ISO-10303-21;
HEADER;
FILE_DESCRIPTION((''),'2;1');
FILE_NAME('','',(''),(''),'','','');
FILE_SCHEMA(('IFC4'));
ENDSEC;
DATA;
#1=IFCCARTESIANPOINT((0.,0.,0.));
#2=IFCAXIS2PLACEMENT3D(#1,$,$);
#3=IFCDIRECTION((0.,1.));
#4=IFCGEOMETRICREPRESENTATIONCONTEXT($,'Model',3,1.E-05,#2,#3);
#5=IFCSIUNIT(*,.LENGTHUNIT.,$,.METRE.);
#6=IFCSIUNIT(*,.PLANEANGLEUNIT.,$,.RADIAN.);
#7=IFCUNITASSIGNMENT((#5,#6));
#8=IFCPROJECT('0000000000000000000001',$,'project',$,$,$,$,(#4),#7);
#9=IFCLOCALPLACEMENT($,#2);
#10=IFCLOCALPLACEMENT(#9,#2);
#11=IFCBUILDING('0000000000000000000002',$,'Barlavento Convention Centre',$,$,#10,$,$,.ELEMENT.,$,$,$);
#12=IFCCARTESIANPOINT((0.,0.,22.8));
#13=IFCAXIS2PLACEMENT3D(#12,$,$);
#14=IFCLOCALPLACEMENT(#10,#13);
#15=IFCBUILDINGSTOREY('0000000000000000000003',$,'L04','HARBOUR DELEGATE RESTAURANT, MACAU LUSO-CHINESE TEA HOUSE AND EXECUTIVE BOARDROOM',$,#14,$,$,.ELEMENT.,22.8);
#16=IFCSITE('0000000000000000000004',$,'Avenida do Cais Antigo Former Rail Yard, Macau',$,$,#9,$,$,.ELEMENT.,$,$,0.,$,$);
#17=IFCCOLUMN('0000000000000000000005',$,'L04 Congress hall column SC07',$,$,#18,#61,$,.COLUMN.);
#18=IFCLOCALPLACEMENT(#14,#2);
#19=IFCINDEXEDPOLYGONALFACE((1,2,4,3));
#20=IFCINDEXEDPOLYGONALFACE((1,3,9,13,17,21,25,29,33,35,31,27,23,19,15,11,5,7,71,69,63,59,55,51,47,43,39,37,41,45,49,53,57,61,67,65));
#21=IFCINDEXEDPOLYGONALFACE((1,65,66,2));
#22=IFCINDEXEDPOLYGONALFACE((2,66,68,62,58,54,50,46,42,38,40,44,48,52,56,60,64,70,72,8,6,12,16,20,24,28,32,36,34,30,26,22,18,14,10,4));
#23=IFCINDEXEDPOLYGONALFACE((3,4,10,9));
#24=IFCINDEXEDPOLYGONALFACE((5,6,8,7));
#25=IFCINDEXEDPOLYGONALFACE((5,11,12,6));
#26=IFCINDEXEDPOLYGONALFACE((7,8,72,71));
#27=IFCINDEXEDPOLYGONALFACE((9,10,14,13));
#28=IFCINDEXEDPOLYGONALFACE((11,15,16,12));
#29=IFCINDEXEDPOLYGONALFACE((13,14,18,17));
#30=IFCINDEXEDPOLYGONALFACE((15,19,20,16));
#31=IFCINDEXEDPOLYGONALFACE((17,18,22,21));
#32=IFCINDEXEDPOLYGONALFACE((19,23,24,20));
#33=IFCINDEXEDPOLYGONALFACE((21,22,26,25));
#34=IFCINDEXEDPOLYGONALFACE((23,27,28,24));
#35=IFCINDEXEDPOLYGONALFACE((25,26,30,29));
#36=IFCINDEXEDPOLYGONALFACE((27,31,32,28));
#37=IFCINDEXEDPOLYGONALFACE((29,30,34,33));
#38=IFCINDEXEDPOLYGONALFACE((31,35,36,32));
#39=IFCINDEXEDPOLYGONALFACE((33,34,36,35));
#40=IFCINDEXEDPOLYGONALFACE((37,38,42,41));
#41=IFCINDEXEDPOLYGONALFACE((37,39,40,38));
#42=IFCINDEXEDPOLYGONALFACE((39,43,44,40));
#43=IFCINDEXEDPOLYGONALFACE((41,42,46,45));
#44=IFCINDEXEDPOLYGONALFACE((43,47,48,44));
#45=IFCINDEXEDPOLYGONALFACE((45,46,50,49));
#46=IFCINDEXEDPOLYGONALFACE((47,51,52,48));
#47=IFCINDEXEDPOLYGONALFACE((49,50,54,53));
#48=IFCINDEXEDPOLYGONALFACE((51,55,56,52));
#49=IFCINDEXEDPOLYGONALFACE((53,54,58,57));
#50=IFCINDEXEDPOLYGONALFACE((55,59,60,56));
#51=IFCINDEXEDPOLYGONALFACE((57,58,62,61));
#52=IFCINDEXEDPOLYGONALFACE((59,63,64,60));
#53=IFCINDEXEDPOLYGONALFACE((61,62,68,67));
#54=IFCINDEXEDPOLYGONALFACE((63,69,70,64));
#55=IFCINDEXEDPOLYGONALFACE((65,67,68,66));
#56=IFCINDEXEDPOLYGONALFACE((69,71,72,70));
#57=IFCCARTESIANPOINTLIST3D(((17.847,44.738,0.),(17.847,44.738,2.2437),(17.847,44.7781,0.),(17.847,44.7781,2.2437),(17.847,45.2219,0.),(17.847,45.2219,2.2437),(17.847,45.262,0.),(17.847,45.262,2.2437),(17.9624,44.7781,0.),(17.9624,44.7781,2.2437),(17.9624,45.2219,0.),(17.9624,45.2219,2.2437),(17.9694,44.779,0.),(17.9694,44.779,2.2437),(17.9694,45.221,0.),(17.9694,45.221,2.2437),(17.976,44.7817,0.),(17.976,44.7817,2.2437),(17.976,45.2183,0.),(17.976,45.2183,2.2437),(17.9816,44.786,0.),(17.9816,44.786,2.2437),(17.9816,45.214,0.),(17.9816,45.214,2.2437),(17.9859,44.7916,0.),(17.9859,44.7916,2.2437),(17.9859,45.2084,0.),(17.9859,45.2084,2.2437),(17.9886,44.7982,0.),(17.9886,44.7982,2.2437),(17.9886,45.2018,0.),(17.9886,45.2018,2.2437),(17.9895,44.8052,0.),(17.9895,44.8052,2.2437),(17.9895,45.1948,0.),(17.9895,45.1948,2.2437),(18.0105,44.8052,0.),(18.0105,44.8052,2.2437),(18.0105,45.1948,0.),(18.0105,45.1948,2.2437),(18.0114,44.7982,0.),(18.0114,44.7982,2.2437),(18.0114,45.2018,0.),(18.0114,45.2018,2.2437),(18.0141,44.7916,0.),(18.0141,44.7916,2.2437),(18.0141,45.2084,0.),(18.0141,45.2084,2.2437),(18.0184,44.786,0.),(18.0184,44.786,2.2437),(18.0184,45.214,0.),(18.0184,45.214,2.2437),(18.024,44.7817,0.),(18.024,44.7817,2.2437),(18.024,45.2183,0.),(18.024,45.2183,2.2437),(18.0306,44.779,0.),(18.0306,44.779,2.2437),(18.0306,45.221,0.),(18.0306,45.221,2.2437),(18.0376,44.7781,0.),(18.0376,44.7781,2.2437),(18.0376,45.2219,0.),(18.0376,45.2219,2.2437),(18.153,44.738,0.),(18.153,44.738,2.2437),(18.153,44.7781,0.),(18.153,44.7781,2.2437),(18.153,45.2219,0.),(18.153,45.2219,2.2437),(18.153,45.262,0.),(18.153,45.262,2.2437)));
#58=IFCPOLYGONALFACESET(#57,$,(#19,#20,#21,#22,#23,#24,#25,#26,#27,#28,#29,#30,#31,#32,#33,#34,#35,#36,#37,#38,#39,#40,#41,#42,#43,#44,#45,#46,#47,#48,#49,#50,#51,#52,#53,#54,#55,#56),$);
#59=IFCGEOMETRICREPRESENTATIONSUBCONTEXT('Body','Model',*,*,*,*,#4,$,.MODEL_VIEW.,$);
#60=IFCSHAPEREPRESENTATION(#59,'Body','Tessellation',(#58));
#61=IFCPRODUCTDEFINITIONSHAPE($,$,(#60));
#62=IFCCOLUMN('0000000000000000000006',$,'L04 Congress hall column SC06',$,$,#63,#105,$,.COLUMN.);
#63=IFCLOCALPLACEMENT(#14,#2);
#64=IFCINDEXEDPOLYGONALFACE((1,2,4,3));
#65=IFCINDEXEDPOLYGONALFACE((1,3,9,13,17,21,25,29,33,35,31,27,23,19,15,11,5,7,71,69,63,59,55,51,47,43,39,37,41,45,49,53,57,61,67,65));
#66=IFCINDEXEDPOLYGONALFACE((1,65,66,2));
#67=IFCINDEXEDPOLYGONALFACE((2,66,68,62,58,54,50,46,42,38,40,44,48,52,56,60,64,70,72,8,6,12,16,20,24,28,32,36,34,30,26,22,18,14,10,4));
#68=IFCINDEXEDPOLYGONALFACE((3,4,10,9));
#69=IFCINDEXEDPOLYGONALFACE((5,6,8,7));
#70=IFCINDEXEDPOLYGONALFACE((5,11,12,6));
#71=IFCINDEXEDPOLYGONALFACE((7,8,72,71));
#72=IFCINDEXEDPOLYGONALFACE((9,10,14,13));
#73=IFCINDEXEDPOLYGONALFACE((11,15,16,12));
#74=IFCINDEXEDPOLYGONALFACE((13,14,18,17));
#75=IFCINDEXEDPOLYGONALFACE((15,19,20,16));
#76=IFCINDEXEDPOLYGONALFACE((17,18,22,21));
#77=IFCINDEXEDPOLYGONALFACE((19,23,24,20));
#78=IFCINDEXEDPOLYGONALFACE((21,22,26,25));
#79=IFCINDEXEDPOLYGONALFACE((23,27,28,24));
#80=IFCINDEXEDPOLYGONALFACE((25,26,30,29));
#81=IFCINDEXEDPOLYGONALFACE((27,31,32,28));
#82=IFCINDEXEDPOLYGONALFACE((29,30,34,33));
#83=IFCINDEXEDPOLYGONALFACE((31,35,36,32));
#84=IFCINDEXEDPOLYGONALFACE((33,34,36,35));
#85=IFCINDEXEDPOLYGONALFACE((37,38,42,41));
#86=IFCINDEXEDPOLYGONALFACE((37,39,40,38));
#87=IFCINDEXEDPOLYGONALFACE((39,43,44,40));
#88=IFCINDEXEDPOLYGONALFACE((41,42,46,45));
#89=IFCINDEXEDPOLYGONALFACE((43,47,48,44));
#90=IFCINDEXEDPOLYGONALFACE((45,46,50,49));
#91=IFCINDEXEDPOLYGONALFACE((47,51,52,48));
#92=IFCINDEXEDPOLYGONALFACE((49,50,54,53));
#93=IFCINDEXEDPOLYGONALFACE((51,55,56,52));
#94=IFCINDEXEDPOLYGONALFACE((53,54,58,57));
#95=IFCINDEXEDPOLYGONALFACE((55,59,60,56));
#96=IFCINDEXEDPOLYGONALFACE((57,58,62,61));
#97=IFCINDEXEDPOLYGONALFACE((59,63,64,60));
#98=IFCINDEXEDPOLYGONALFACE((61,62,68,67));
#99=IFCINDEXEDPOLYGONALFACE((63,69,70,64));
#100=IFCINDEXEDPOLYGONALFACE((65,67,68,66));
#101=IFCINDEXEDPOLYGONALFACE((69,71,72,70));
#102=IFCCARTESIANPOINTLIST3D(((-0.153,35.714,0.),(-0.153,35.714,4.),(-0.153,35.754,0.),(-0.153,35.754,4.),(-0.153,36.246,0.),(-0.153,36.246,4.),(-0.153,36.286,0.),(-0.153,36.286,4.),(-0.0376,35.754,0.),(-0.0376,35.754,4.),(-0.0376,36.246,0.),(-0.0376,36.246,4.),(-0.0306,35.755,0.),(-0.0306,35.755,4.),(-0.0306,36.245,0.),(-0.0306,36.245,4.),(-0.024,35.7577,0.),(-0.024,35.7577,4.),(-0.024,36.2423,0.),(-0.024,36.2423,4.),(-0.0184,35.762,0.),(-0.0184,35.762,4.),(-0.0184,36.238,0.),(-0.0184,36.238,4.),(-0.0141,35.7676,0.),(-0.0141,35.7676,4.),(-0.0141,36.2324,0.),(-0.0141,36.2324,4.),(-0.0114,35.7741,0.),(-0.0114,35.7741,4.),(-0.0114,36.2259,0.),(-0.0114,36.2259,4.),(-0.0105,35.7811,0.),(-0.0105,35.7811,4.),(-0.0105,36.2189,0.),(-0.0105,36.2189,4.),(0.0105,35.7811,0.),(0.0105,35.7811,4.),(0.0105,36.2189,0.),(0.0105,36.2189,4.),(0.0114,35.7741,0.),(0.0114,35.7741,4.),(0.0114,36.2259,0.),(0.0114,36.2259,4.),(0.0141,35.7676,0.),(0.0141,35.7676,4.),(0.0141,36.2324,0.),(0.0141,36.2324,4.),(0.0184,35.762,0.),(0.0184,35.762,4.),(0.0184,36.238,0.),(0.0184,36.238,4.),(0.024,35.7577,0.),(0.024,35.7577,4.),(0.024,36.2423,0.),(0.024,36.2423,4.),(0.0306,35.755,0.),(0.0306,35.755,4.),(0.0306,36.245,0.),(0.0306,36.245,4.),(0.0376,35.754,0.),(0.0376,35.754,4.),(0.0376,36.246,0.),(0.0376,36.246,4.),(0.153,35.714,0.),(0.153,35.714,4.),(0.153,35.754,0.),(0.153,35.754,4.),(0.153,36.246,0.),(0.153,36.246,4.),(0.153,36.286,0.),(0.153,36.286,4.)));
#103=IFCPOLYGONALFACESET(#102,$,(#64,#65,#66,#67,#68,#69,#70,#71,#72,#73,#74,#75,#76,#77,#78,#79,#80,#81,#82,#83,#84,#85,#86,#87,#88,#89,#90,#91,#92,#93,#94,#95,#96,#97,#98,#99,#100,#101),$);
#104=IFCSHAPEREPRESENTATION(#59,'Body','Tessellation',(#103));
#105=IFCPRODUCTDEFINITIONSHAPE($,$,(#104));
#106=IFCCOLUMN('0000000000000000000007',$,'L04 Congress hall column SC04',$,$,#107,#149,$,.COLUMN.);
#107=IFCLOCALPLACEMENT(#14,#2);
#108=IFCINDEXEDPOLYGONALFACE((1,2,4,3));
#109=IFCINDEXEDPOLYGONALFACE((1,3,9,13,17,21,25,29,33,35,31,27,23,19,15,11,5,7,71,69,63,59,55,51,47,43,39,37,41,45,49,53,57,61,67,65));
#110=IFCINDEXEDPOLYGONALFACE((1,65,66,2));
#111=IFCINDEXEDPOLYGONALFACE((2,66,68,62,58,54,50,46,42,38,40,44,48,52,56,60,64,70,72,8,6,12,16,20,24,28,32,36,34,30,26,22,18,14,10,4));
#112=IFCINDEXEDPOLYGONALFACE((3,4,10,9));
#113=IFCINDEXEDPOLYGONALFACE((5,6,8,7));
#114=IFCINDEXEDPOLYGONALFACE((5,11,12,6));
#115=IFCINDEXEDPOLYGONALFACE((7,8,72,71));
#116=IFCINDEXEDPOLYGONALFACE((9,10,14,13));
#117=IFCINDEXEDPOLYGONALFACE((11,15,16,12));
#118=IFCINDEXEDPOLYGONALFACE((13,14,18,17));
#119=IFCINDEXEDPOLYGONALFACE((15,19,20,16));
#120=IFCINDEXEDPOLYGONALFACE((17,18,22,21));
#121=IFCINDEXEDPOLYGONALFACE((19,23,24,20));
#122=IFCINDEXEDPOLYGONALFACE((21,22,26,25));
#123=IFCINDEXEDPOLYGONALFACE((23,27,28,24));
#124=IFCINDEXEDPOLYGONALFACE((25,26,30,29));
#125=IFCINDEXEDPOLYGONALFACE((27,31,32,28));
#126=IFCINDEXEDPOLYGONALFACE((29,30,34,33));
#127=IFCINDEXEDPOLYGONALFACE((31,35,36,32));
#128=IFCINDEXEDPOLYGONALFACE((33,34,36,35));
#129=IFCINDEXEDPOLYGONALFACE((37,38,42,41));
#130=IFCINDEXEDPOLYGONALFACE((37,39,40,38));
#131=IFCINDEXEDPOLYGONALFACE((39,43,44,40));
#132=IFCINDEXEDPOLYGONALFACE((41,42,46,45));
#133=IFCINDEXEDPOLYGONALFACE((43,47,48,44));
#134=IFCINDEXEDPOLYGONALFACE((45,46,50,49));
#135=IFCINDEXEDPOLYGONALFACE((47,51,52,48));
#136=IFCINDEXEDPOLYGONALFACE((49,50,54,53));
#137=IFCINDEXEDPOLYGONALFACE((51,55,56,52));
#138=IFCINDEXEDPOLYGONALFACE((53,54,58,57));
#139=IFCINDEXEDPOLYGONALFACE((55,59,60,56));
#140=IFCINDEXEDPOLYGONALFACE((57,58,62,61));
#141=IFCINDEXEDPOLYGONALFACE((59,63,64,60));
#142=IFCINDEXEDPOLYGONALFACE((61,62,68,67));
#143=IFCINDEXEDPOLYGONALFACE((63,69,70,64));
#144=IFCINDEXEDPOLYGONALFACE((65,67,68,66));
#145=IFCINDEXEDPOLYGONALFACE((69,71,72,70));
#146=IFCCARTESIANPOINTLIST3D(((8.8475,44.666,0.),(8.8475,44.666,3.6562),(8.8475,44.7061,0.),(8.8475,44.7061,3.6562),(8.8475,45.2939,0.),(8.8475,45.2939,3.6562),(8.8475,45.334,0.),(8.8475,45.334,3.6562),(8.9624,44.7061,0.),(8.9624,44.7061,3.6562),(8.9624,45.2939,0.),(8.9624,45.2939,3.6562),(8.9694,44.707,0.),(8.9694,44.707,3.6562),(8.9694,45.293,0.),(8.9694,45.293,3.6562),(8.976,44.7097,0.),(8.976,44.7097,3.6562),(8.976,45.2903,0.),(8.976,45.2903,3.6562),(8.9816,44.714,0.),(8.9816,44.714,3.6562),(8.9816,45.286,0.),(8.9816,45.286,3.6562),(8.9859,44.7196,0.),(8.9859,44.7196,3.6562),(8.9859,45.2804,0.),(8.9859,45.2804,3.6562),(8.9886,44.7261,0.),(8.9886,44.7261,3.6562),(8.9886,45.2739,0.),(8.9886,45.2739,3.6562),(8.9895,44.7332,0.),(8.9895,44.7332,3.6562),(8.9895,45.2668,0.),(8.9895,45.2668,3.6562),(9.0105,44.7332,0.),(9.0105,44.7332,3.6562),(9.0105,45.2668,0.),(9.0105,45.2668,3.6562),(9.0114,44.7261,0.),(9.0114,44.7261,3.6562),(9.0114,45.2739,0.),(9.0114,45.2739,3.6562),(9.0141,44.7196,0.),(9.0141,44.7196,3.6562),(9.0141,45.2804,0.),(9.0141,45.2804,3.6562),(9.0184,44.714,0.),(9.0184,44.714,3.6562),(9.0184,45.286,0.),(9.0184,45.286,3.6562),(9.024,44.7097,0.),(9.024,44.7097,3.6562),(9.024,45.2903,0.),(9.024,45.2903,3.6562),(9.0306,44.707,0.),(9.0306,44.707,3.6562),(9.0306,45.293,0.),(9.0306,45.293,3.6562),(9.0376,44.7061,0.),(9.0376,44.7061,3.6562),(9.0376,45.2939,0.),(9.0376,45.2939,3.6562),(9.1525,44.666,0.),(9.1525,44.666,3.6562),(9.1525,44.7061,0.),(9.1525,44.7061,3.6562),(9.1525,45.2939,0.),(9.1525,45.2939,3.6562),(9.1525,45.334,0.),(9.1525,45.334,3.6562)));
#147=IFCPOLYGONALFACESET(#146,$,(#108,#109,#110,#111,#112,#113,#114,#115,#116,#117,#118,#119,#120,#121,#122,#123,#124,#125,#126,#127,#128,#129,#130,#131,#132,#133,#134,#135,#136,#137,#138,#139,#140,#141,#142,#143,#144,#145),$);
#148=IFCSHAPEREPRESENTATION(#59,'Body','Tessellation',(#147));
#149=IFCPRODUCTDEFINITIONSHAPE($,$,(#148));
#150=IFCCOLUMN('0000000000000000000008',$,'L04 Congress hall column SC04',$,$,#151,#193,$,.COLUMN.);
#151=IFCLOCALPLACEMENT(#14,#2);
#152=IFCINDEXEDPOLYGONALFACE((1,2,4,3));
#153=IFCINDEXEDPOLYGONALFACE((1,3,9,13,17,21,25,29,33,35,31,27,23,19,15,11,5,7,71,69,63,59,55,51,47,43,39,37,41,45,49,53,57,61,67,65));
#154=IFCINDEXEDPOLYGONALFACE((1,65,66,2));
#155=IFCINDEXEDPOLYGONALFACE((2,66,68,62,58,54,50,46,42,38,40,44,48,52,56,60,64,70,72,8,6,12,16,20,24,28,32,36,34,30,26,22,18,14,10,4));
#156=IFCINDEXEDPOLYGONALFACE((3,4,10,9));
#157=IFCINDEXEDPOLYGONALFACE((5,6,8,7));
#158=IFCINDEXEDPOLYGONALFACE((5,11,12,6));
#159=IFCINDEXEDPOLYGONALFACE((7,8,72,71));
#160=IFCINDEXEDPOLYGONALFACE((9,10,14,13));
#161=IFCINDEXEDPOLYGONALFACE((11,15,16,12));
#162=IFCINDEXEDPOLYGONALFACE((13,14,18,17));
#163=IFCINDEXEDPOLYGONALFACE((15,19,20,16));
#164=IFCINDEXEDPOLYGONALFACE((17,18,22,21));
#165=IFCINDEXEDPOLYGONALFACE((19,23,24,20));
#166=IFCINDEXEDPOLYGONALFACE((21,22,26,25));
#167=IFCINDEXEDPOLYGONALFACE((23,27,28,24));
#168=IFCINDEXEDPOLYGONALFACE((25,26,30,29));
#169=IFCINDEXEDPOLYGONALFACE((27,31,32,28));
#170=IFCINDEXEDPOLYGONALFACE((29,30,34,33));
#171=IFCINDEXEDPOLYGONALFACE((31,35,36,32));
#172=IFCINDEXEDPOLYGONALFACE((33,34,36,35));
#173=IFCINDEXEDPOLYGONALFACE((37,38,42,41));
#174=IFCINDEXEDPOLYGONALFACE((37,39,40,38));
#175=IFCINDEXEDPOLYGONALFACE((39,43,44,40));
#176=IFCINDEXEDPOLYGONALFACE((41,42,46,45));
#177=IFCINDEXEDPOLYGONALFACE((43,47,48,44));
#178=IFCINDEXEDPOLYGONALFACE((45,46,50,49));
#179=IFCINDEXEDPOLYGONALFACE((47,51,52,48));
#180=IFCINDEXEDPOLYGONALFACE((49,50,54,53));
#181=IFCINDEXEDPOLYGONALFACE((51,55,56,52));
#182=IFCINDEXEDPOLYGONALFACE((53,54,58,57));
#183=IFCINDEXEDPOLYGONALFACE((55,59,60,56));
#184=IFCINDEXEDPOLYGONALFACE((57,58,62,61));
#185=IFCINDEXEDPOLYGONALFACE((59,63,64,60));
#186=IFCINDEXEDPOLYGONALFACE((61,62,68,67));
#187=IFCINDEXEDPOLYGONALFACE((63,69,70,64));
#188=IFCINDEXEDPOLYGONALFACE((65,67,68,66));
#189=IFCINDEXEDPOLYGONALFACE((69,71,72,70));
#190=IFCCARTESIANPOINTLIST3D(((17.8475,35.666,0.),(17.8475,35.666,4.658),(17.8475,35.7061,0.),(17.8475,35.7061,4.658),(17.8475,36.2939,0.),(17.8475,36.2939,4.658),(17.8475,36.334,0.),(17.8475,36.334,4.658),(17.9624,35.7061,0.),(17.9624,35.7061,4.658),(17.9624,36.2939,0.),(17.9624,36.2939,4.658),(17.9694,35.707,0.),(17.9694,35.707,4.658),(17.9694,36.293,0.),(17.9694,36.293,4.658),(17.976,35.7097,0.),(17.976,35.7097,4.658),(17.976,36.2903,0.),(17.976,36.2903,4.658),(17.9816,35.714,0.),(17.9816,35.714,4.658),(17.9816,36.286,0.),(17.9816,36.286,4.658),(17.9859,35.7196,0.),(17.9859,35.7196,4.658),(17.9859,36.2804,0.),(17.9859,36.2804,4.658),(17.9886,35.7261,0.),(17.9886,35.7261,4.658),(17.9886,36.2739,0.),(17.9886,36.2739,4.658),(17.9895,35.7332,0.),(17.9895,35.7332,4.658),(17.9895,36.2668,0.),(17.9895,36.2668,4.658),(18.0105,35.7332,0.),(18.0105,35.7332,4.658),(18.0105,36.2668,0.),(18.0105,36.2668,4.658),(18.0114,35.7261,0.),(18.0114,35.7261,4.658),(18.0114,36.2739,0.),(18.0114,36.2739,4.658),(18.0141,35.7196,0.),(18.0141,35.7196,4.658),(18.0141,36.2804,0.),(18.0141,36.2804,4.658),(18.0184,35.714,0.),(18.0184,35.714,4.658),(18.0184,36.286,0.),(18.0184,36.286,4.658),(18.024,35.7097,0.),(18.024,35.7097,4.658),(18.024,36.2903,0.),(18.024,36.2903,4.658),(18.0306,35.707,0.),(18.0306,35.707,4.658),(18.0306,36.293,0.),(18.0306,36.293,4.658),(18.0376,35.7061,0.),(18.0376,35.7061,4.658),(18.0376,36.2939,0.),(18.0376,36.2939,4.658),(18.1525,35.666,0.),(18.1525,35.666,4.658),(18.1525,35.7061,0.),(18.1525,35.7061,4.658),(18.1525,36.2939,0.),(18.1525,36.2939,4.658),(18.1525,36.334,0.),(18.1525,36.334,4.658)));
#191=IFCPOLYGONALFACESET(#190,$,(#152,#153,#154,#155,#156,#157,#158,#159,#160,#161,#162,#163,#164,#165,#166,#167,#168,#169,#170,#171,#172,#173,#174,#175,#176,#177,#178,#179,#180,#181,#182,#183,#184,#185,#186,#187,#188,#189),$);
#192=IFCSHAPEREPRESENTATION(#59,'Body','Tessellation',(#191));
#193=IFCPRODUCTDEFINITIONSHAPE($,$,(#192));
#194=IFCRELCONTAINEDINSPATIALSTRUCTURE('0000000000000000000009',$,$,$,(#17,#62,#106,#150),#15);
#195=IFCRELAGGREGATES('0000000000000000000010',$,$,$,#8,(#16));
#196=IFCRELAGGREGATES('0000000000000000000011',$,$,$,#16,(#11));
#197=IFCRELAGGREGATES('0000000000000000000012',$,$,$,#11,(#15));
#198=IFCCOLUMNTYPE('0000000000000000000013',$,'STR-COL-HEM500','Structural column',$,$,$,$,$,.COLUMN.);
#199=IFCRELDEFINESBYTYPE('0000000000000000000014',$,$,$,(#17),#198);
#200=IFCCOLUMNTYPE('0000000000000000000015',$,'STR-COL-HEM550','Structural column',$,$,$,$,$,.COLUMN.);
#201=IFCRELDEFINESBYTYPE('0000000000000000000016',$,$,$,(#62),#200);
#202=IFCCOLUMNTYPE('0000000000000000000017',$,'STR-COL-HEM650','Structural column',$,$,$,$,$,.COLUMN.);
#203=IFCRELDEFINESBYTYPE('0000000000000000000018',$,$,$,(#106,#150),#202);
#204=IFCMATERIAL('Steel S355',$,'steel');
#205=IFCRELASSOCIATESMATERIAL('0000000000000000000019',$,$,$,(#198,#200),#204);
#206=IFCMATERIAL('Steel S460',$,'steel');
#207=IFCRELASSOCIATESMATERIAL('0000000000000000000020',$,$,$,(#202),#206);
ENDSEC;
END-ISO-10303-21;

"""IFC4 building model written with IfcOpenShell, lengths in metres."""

from ifc_helpers import new_model, si_unit, direction, frame, origin, origin_2d, place, context, subcontext, project, spatial, i_section, extrude, material, material_profile, profile_set, type_object, element, save


model = new_model("IFC4")

# Units and contexts
model_context = context("Model", 3, precision=1e-05, world=origin(), true_north=direction((0.0, 1.0)))
body_context = subcontext(model_context, "Body", "Model", "MODEL_VIEW")
ifc_project = project(units=[si_unit("LENGTHUNIT", "METRE"), si_unit("PLANEANGLEUNIT", "RADIAN")], contexts=[model_context])

# Site, building, storey
site_placement = place(None, origin())
site = spatial("IfcSite", under=ifc_project, at=site_placement, Name="Avenida do Cais Antigo Former Rail Yard, Macau", CompositionType="ELEMENT", RefElevation=0.0)
building_placement = place(site_placement, origin())
building = spatial("IfcBuilding", under=site, at=building_placement, Name="Barlavento Convention Centre", CompositionType="ELEMENT")
storey_placement = place(building_placement, frame((0.0, 0.0, 22.8)))
storey = spatial("IfcBuildingStorey", under=building, at=storey_placement, Name="L04", Description="HARBOUR DELEGATE RESTAURANT, MACAU LUSO-CHINESE TEA HOUSE AND EXECUTIVE BOARDROOM", CompositionType="ELEMENT", Elevation=22.8)

# Columns
ifc_material_1 = material(Name="Steel S355", Category="steel")
ifc_material_profile_1 = material_profile(ifc_material_1, i_section(OverallWidth=0.3059, OverallDepth=0.5239, WebThickness=0.021, FlangeThickness=0.04, FilletRadius=0.0271, at=origin_2d()), Name="HEM 500")
ifc_profile_set_1 = profile_set([ifc_material_profile_1], Name="Steel S355")
column_type_1 = type_object("IfcColumnType", Name="STR-COL-HEM500", Description="Structural column", PredefinedType="COLUMN", material=ifc_profile_set_1)
column_1_placement = place(storey_placement, frame((18.0, 45.0, 0.0), z_axis=(0.0, 0.0, 1.0), x_axis=(1.0, 0.0, 0.0)))
element("IfcColumn", 1, at=column_1_placement, inside=storey, type_object=column_type_1, Name="L04 Congress hall column SC07", PredefinedType="COLUMN", context=body_context, shape_type="SweptSolid", body=[
    extrude(i_section(OverallWidth=0.3059, OverallDepth=0.5239, WebThickness=0.021, FlangeThickness=0.04, FilletRadius=0.0271, at=origin_2d()), origin(), (0.0, 0.0, 1.0), 2.2437),
])
ifc_material_profile_2 = material_profile(ifc_material_1, i_section(OverallWidth=0.3059, OverallDepth=0.572, WebThickness=0.021, FlangeThickness=0.04, FilletRadius=0.0271, at=origin_2d()), Name="HEM 550")
ifc_profile_set_2 = profile_set([ifc_material_profile_2], Name="Steel S355")
column_type_2 = type_object("IfcColumnType", Name="STR-COL-HEM550", Description="Structural column", PredefinedType="COLUMN", material=ifc_profile_set_2)
column_2_placement = place(storey_placement, frame((0.0, 36.0, 0.0), z_axis=(0.0, 0.0, 1.0), x_axis=(1.0, 0.0, 0.0)))
element("IfcColumn", 2, at=column_2_placement, inside=storey, type_object=column_type_2, Name="L04 Congress hall column SC06", PredefinedType="COLUMN", context=body_context, shape_type="SweptSolid", body=[
    extrude(i_section(OverallWidth=0.3059, OverallDepth=0.572, WebThickness=0.021, FlangeThickness=0.04, FilletRadius=0.0271, at=origin_2d()), origin(), (0.0, 0.0, 1.0), 4.0),
])
ifc_material_2 = material(Name="Steel S460", Category="steel")
ifc_material_profile_3 = material_profile(ifc_material_2, i_section(OverallWidth=0.3049, OverallDepth=0.668, WebThickness=0.021, FlangeThickness=0.04, FilletRadius=0.0271, at=origin_2d()), Name="HEM 650")
ifc_profile_set_3 = profile_set([ifc_material_profile_3], Name="Steel S460")
column_type_3 = type_object("IfcColumnType", Name="STR-COL-HEM650", Description="Structural column", PredefinedType="COLUMN", material=ifc_profile_set_3)
column_3_placement = place(storey_placement, frame((9.0, 45.0, 0.0), z_axis=(0.0, 0.0, 1.0), x_axis=(1.0, 0.0, 0.0)))
element("IfcColumn", 3, at=column_3_placement, inside=storey, type_object=column_type_3, Name="L04 Congress hall column SC04", PredefinedType="COLUMN", context=body_context, shape_type="SweptSolid", body=[
    extrude(i_section(OverallWidth=0.3049, OverallDepth=0.668, WebThickness=0.021, FlangeThickness=0.04, FilletRadius=0.0271, at=origin_2d()), origin(), (0.0, 0.0, 1.0), 3.6562),
])
column_4_placement = place(storey_placement, frame((18.0, 36.0, 0.0), z_axis=(0.0, 0.0, 1.0), x_axis=(1.0, 0.0, 0.0)))
element("IfcColumn", 4, at=column_4_placement, inside=storey, type_object=column_type_3, Name="L04 Congress hall column SC04", PredefinedType="COLUMN", context=body_context, shape_type="SweptSolid", body=[
    extrude(i_section(OverallWidth=0.3049, OverallDepth=0.668, WebThickness=0.021, FlangeThickness=0.04, FilletRadius=0.0271, at=origin_2d()), origin(), (0.0, 0.0, 1.0), 4.658),
])

save(model, "model.ifc")
